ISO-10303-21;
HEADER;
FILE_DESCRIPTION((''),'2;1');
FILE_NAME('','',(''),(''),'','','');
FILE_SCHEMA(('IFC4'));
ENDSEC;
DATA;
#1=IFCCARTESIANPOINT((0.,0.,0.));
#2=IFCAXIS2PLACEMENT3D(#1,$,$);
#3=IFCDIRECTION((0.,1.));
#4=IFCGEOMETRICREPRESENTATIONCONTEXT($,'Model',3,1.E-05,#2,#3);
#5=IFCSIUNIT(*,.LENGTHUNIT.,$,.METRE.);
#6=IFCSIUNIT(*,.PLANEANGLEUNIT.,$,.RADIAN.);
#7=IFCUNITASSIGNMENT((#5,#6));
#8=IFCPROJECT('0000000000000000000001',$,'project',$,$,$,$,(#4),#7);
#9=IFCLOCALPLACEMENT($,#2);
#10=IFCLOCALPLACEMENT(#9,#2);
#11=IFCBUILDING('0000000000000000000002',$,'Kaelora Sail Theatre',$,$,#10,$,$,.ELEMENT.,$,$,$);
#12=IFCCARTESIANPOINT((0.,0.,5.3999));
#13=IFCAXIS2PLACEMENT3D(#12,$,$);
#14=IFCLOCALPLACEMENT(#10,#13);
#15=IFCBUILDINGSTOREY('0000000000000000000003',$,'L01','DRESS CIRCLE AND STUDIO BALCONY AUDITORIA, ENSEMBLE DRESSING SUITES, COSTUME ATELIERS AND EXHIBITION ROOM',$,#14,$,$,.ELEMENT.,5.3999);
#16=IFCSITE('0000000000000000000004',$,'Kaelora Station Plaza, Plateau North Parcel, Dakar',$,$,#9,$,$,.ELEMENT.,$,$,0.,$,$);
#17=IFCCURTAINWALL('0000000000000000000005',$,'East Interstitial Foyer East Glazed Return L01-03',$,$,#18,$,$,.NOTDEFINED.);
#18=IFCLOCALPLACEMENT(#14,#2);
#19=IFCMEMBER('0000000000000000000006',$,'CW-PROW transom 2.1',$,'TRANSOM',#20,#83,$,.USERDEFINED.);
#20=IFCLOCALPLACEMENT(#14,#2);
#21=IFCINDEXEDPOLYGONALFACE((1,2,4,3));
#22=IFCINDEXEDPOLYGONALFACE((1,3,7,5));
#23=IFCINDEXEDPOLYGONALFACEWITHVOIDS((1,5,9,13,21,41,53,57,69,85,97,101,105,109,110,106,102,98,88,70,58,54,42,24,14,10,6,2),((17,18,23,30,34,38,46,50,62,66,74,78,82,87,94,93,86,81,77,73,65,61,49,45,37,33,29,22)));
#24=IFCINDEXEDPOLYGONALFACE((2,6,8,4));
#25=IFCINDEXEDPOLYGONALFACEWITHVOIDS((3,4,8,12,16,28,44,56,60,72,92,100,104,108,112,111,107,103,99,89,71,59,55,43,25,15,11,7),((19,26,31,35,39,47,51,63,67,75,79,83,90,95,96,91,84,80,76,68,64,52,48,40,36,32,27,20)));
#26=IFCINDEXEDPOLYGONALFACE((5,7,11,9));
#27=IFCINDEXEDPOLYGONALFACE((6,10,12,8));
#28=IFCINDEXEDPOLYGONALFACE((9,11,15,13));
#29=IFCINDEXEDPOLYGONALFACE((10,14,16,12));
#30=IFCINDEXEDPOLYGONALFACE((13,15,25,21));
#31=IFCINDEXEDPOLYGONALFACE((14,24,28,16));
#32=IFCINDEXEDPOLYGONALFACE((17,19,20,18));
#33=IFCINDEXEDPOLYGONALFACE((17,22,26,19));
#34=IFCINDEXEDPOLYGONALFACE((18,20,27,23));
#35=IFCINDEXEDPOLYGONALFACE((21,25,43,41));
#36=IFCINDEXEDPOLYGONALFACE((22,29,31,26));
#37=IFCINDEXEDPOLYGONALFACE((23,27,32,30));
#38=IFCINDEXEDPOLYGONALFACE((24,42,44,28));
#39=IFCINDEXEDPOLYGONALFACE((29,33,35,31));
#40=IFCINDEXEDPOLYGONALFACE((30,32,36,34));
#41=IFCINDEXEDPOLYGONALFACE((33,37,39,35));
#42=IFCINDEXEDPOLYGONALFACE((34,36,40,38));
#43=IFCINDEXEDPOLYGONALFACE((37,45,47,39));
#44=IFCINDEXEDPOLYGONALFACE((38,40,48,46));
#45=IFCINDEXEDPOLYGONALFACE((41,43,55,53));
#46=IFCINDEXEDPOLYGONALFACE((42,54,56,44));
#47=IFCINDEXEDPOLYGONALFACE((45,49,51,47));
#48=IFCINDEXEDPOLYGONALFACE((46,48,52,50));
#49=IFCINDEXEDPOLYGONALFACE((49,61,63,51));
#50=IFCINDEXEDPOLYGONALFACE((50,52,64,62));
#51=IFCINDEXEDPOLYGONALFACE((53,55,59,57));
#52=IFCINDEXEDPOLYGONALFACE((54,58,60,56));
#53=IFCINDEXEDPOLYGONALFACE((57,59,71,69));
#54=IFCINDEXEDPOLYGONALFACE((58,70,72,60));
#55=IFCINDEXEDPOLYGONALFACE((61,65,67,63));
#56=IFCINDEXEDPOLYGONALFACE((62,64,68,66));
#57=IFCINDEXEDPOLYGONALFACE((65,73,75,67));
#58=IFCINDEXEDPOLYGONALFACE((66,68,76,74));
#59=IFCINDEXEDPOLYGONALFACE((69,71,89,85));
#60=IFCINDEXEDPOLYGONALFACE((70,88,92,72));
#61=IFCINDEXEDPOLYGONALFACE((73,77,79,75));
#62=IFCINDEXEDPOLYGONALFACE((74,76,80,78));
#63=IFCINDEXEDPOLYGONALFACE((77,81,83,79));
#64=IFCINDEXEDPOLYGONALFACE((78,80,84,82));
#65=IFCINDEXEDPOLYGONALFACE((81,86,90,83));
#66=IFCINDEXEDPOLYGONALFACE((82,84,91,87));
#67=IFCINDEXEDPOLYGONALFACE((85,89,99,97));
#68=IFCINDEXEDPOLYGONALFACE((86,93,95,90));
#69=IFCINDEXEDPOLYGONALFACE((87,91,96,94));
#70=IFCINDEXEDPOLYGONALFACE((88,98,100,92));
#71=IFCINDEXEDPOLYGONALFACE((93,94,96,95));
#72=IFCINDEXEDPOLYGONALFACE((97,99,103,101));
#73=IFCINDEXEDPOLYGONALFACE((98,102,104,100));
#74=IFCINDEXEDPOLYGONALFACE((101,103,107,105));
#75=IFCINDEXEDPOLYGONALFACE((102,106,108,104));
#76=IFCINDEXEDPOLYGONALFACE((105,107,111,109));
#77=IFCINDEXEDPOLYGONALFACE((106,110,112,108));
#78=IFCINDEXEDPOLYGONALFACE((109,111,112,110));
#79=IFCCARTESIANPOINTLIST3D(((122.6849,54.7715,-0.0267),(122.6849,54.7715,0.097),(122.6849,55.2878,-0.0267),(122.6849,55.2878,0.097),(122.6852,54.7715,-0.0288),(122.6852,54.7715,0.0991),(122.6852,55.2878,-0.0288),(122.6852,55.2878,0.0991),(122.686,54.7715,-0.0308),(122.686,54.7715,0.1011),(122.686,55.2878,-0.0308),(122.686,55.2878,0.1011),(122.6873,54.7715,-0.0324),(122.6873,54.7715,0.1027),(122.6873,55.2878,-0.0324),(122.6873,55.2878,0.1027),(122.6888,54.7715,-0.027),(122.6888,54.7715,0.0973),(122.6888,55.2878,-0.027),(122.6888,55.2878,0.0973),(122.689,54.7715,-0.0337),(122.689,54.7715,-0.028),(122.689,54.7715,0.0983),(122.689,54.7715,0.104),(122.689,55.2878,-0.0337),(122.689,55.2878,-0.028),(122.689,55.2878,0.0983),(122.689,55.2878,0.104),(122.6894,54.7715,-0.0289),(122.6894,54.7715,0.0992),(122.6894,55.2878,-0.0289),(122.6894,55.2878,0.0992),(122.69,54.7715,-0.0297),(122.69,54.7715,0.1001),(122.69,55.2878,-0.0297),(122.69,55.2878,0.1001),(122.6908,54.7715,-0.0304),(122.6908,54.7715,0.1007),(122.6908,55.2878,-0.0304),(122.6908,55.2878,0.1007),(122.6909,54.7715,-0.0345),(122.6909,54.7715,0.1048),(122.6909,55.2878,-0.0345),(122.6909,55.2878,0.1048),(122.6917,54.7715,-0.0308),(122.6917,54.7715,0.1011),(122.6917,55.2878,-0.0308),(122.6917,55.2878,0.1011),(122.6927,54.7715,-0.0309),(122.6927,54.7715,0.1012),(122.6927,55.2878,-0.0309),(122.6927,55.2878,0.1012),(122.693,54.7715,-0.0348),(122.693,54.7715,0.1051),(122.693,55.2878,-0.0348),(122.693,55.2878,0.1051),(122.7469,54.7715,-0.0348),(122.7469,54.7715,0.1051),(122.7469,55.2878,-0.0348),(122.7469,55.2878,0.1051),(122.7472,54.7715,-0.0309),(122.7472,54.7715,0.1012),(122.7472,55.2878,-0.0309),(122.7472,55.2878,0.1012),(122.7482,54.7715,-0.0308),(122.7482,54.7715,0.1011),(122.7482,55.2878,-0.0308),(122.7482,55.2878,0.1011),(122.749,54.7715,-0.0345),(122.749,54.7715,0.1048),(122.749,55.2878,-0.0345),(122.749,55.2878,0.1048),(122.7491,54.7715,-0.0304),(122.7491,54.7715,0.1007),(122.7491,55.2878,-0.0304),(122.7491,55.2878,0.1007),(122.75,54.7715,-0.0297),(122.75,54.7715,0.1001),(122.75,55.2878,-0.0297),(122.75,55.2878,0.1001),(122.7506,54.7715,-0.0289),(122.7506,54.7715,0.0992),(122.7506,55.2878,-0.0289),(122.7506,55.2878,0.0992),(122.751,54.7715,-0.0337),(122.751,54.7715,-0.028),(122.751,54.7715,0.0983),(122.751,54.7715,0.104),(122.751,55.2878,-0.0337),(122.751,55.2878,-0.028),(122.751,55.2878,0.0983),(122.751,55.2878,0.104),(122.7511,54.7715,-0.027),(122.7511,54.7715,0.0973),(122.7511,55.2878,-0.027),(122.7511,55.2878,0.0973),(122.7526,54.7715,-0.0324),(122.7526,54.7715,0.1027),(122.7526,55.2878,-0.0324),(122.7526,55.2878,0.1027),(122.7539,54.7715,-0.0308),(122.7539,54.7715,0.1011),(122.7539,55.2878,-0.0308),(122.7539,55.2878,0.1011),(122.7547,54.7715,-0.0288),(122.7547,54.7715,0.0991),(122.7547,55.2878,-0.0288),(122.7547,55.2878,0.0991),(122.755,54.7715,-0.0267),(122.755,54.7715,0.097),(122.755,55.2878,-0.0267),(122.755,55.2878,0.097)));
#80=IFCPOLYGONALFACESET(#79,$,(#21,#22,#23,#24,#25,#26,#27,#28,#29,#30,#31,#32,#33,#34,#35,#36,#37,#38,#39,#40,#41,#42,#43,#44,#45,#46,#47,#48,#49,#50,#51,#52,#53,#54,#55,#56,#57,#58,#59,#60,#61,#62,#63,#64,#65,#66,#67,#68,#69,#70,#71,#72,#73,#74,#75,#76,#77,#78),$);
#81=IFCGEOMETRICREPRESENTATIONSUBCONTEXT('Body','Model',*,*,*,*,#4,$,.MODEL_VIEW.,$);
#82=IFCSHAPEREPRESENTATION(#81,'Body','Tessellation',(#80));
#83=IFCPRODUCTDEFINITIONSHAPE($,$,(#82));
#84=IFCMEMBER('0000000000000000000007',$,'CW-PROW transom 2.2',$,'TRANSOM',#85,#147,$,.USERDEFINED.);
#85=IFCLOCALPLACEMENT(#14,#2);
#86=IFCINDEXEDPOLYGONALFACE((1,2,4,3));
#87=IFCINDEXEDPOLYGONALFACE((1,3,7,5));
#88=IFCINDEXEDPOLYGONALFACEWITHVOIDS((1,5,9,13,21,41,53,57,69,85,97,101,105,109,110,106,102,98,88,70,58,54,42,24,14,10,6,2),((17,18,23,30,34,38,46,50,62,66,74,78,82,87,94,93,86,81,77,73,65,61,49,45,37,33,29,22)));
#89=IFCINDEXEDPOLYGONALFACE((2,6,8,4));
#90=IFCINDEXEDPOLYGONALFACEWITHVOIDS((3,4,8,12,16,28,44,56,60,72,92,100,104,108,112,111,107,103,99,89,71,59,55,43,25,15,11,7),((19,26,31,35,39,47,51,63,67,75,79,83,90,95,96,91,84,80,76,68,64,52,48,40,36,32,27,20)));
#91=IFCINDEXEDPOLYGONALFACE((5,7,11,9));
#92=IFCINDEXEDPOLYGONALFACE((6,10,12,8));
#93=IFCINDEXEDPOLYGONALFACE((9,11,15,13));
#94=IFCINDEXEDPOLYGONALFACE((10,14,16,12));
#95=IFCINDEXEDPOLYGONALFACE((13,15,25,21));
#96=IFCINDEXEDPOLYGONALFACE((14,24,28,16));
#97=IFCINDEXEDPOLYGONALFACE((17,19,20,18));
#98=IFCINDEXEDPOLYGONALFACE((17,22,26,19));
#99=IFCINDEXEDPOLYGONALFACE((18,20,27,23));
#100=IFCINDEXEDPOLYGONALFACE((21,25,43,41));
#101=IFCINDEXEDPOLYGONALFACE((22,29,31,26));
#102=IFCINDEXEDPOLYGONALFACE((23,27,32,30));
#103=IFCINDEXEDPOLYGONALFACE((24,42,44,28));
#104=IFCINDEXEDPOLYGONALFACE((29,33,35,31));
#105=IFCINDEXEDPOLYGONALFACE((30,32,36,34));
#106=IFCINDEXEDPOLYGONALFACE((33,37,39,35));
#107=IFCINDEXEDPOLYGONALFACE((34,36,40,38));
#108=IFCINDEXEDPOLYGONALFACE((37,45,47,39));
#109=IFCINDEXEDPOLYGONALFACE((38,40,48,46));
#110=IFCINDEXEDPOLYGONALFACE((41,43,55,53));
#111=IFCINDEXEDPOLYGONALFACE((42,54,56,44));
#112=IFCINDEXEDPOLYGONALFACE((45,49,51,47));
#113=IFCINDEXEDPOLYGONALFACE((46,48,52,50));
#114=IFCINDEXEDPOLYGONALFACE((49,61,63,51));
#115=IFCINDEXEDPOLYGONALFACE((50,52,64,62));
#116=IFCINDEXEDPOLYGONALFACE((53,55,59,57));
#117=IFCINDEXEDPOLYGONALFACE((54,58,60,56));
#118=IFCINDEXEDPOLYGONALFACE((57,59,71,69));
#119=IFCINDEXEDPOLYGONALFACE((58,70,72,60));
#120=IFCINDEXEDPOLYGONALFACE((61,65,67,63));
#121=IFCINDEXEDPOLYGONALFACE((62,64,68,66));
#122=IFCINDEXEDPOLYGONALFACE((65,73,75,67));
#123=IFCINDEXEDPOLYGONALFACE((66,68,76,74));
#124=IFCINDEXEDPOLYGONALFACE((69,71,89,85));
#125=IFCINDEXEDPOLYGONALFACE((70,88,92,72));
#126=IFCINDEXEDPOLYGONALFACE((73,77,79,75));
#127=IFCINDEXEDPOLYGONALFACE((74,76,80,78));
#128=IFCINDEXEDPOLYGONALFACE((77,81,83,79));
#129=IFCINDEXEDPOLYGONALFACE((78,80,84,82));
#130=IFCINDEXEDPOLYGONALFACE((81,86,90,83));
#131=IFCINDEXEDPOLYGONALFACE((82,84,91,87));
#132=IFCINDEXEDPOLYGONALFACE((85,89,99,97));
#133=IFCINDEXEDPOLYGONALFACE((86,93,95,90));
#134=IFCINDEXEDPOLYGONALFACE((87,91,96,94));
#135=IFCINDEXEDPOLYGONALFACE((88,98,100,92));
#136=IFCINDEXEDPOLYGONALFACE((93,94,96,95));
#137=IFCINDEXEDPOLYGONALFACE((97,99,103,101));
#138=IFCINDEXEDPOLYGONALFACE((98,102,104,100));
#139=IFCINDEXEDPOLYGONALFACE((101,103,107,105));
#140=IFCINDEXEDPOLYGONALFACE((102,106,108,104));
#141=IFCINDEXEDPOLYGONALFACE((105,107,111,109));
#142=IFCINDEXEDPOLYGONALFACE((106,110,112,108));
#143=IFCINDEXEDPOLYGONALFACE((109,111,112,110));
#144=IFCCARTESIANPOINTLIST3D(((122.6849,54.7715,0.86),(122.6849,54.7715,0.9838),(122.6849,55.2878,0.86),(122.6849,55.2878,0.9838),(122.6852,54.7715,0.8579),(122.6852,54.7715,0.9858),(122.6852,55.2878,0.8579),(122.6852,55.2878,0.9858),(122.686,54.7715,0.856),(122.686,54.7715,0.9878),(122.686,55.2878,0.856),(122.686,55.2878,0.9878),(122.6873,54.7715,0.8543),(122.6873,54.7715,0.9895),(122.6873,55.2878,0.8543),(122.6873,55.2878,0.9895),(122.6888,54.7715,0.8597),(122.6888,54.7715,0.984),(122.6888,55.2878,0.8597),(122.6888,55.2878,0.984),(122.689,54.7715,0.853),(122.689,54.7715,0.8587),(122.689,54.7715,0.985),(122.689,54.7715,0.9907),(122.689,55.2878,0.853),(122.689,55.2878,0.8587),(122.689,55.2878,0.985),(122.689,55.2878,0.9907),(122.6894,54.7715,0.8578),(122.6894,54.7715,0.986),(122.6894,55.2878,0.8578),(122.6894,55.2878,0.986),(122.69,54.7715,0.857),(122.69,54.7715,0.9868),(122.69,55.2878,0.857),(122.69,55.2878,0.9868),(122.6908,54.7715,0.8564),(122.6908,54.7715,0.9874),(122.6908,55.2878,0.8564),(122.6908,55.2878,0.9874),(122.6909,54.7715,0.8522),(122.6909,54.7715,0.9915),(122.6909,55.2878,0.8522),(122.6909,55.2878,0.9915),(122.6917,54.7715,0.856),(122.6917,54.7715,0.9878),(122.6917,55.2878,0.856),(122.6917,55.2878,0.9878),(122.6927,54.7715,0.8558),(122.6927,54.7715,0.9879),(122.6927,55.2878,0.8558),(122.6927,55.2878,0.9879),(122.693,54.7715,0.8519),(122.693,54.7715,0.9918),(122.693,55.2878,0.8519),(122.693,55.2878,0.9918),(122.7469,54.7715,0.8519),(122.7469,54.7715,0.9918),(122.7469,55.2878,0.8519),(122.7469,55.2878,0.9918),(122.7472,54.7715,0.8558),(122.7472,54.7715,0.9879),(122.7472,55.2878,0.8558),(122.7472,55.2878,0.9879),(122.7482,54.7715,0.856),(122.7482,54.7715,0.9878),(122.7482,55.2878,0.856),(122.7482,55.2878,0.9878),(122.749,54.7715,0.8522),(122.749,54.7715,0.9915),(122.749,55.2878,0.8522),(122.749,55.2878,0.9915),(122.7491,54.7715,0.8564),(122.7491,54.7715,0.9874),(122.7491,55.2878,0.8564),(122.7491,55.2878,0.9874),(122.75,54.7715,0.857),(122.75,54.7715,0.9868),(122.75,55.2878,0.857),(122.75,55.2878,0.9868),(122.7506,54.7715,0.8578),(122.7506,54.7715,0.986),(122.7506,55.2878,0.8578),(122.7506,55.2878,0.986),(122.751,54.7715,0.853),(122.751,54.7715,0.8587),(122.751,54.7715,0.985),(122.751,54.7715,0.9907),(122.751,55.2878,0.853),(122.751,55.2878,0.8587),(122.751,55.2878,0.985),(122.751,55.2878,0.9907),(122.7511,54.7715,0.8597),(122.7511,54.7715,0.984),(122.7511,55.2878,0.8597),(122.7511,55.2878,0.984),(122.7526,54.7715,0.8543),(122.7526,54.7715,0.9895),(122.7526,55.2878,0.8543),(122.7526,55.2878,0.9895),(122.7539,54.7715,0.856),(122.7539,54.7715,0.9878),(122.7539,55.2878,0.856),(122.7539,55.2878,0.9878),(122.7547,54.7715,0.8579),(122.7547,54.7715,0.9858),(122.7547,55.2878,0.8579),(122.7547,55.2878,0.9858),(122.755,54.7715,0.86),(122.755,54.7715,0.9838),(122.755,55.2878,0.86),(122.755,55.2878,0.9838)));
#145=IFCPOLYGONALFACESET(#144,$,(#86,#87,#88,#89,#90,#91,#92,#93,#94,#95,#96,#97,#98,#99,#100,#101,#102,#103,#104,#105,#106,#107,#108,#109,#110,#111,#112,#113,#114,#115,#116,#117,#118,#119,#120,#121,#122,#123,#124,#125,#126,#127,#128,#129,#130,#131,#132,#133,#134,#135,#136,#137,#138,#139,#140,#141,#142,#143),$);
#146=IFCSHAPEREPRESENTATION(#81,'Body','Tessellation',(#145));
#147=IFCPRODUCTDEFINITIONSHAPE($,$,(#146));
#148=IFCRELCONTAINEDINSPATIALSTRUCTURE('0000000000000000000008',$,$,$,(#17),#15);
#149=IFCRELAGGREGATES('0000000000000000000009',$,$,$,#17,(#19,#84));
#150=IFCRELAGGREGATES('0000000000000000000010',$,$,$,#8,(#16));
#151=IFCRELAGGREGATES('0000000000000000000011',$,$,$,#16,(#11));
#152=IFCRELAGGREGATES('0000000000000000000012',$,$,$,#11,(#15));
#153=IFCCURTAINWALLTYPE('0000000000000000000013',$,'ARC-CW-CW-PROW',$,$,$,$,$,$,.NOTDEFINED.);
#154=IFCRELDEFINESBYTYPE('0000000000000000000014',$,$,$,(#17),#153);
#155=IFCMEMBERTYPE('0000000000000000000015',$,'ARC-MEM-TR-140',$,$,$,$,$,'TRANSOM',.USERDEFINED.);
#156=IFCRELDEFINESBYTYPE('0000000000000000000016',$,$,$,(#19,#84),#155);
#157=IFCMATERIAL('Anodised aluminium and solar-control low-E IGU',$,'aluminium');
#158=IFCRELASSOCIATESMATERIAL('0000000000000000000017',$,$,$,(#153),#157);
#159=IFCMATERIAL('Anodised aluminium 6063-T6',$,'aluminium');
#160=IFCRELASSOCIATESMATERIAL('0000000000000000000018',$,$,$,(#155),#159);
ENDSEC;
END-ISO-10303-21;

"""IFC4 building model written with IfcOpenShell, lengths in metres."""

from ifc_helpers import new_model, si_unit, direction, frame, origin, origin_2d, place, context, subcontext, project, spatial, hollow_rectangle, extrude, material, material_profile, profile_set, type_object, element, aggregate, save


model = new_model("IFC4")

# Units and contexts
model_context = context("Model", 3, precision=1e-05, world=origin(), true_north=direction((0.0, 1.0)))
body_context = subcontext(model_context, "Body", "Model", "MODEL_VIEW")
ifc_project = project(units=[si_unit("LENGTHUNIT", "METRE"), si_unit("PLANEANGLEUNIT", "RADIAN")], contexts=[model_context])

# Site, building, storey
site_placement = place(None, origin())
site = spatial("IfcSite", under=ifc_project, at=site_placement, Name="Kaelora Station Plaza, Plateau North Parcel, Dakar", CompositionType="ELEMENT", RefElevation=0.0)
building_placement = place(site_placement, origin())
building = spatial("IfcBuilding", under=site, at=building_placement, Name="Kaelora Sail Theatre", CompositionType="ELEMENT")
storey_placement = place(building_placement, frame((0.0, 0.0, 5.3999)))
storey = spatial("IfcBuildingStorey", under=building, at=storey_placement, Name="L01", Description="DRESS CIRCLE AND STUDIO BALCONY AUDITORIA, ENSEMBLE DRESSING SUITES, COSTUME ATELIERS AND EXHIBITION ROOM", CompositionType="ELEMENT", Elevation=5.3999)

# Curtain wall, members
ifc_material_1 = material(Name="Anodised aluminium and solar-control low-E IGU", Category="aluminium")
curtain_wall_type = type_object("IfcCurtainWallType", Name="ARC-CW-CW-PROW", PredefinedType="NOTDEFINED", material=ifc_material_1)
curtain_wall_placement = place(storey_placement, origin())
curtain_wall = element("IfcCurtainWall", 1, at=curtain_wall_placement, inside=storey, type_object=curtain_wall_type, Name="East Interstitial Foyer East Glazed Return L01-03", PredefinedType="NOTDEFINED")
ifc_material_2 = material(Name="Anodised aluminium 6063-T6", Category="aluminium")
ifc_material_profile_1 = material_profile(ifc_material_2, hollow_rectangle(XDim=0.0701, YDim=0.1399, WallThickness=0.0039, InnerFilletRadius=0.0039, OuterFilletRadius=0.0081, at=origin_2d()), Name="ALU-TRAN 70x140x4")
ifc_profile_set_1 = profile_set([ifc_material_profile_1], Name="Anodised aluminium 6063-T6")
member_type_1 = type_object("IfcMemberType", Name="ARC-MEM-TR-140", ElementType="TRANSOM", PredefinedType="USERDEFINED", material=ifc_profile_set_1)
member_1_placement = place(storey_placement, frame((122.72, 54.7715, 0.0352), z_axis=(0.0, 1.0, 0.0), x_axis=(-1.0, 0.0, 0.0)))
member_1 = element("IfcMember", 2, at=member_1_placement, type_object=member_type_1, Name="CW-PROW transom 2.1", ObjectType="TRANSOM", PredefinedType="USERDEFINED", context=body_context, shape_type="SweptSolid", body=[
    extrude(hollow_rectangle(XDim=0.0701, YDim=0.1399, WallThickness=0.0039, InnerFilletRadius=0.0039, OuterFilletRadius=0.0081, at=origin_2d()), origin(), (0.0, 0.0, 1.0), 0.5164),
])
member_2_placement = place(storey_placement, frame((122.72, 54.7715, 0.9219), z_axis=(0.0, 1.0, 0.0), x_axis=(-1.0, 0.0, 0.0)))
member_2 = element("IfcMember", 3, at=member_2_placement, type_object=member_type_1, Name="CW-PROW transom 2.2", ObjectType="TRANSOM", PredefinedType="USERDEFINED", context=body_context, shape_type="SweptSolid", body=[
    extrude(hollow_rectangle(XDim=0.0701, YDim=0.1399, WallThickness=0.0039, InnerFilletRadius=0.0039, OuterFilletRadius=0.0081, at=origin_2d()), origin(), (0.0, 0.0, 1.0), 0.5164),
])
aggregate(curtain_wall, [member_1, member_2])

save(model, "model.ifc")
